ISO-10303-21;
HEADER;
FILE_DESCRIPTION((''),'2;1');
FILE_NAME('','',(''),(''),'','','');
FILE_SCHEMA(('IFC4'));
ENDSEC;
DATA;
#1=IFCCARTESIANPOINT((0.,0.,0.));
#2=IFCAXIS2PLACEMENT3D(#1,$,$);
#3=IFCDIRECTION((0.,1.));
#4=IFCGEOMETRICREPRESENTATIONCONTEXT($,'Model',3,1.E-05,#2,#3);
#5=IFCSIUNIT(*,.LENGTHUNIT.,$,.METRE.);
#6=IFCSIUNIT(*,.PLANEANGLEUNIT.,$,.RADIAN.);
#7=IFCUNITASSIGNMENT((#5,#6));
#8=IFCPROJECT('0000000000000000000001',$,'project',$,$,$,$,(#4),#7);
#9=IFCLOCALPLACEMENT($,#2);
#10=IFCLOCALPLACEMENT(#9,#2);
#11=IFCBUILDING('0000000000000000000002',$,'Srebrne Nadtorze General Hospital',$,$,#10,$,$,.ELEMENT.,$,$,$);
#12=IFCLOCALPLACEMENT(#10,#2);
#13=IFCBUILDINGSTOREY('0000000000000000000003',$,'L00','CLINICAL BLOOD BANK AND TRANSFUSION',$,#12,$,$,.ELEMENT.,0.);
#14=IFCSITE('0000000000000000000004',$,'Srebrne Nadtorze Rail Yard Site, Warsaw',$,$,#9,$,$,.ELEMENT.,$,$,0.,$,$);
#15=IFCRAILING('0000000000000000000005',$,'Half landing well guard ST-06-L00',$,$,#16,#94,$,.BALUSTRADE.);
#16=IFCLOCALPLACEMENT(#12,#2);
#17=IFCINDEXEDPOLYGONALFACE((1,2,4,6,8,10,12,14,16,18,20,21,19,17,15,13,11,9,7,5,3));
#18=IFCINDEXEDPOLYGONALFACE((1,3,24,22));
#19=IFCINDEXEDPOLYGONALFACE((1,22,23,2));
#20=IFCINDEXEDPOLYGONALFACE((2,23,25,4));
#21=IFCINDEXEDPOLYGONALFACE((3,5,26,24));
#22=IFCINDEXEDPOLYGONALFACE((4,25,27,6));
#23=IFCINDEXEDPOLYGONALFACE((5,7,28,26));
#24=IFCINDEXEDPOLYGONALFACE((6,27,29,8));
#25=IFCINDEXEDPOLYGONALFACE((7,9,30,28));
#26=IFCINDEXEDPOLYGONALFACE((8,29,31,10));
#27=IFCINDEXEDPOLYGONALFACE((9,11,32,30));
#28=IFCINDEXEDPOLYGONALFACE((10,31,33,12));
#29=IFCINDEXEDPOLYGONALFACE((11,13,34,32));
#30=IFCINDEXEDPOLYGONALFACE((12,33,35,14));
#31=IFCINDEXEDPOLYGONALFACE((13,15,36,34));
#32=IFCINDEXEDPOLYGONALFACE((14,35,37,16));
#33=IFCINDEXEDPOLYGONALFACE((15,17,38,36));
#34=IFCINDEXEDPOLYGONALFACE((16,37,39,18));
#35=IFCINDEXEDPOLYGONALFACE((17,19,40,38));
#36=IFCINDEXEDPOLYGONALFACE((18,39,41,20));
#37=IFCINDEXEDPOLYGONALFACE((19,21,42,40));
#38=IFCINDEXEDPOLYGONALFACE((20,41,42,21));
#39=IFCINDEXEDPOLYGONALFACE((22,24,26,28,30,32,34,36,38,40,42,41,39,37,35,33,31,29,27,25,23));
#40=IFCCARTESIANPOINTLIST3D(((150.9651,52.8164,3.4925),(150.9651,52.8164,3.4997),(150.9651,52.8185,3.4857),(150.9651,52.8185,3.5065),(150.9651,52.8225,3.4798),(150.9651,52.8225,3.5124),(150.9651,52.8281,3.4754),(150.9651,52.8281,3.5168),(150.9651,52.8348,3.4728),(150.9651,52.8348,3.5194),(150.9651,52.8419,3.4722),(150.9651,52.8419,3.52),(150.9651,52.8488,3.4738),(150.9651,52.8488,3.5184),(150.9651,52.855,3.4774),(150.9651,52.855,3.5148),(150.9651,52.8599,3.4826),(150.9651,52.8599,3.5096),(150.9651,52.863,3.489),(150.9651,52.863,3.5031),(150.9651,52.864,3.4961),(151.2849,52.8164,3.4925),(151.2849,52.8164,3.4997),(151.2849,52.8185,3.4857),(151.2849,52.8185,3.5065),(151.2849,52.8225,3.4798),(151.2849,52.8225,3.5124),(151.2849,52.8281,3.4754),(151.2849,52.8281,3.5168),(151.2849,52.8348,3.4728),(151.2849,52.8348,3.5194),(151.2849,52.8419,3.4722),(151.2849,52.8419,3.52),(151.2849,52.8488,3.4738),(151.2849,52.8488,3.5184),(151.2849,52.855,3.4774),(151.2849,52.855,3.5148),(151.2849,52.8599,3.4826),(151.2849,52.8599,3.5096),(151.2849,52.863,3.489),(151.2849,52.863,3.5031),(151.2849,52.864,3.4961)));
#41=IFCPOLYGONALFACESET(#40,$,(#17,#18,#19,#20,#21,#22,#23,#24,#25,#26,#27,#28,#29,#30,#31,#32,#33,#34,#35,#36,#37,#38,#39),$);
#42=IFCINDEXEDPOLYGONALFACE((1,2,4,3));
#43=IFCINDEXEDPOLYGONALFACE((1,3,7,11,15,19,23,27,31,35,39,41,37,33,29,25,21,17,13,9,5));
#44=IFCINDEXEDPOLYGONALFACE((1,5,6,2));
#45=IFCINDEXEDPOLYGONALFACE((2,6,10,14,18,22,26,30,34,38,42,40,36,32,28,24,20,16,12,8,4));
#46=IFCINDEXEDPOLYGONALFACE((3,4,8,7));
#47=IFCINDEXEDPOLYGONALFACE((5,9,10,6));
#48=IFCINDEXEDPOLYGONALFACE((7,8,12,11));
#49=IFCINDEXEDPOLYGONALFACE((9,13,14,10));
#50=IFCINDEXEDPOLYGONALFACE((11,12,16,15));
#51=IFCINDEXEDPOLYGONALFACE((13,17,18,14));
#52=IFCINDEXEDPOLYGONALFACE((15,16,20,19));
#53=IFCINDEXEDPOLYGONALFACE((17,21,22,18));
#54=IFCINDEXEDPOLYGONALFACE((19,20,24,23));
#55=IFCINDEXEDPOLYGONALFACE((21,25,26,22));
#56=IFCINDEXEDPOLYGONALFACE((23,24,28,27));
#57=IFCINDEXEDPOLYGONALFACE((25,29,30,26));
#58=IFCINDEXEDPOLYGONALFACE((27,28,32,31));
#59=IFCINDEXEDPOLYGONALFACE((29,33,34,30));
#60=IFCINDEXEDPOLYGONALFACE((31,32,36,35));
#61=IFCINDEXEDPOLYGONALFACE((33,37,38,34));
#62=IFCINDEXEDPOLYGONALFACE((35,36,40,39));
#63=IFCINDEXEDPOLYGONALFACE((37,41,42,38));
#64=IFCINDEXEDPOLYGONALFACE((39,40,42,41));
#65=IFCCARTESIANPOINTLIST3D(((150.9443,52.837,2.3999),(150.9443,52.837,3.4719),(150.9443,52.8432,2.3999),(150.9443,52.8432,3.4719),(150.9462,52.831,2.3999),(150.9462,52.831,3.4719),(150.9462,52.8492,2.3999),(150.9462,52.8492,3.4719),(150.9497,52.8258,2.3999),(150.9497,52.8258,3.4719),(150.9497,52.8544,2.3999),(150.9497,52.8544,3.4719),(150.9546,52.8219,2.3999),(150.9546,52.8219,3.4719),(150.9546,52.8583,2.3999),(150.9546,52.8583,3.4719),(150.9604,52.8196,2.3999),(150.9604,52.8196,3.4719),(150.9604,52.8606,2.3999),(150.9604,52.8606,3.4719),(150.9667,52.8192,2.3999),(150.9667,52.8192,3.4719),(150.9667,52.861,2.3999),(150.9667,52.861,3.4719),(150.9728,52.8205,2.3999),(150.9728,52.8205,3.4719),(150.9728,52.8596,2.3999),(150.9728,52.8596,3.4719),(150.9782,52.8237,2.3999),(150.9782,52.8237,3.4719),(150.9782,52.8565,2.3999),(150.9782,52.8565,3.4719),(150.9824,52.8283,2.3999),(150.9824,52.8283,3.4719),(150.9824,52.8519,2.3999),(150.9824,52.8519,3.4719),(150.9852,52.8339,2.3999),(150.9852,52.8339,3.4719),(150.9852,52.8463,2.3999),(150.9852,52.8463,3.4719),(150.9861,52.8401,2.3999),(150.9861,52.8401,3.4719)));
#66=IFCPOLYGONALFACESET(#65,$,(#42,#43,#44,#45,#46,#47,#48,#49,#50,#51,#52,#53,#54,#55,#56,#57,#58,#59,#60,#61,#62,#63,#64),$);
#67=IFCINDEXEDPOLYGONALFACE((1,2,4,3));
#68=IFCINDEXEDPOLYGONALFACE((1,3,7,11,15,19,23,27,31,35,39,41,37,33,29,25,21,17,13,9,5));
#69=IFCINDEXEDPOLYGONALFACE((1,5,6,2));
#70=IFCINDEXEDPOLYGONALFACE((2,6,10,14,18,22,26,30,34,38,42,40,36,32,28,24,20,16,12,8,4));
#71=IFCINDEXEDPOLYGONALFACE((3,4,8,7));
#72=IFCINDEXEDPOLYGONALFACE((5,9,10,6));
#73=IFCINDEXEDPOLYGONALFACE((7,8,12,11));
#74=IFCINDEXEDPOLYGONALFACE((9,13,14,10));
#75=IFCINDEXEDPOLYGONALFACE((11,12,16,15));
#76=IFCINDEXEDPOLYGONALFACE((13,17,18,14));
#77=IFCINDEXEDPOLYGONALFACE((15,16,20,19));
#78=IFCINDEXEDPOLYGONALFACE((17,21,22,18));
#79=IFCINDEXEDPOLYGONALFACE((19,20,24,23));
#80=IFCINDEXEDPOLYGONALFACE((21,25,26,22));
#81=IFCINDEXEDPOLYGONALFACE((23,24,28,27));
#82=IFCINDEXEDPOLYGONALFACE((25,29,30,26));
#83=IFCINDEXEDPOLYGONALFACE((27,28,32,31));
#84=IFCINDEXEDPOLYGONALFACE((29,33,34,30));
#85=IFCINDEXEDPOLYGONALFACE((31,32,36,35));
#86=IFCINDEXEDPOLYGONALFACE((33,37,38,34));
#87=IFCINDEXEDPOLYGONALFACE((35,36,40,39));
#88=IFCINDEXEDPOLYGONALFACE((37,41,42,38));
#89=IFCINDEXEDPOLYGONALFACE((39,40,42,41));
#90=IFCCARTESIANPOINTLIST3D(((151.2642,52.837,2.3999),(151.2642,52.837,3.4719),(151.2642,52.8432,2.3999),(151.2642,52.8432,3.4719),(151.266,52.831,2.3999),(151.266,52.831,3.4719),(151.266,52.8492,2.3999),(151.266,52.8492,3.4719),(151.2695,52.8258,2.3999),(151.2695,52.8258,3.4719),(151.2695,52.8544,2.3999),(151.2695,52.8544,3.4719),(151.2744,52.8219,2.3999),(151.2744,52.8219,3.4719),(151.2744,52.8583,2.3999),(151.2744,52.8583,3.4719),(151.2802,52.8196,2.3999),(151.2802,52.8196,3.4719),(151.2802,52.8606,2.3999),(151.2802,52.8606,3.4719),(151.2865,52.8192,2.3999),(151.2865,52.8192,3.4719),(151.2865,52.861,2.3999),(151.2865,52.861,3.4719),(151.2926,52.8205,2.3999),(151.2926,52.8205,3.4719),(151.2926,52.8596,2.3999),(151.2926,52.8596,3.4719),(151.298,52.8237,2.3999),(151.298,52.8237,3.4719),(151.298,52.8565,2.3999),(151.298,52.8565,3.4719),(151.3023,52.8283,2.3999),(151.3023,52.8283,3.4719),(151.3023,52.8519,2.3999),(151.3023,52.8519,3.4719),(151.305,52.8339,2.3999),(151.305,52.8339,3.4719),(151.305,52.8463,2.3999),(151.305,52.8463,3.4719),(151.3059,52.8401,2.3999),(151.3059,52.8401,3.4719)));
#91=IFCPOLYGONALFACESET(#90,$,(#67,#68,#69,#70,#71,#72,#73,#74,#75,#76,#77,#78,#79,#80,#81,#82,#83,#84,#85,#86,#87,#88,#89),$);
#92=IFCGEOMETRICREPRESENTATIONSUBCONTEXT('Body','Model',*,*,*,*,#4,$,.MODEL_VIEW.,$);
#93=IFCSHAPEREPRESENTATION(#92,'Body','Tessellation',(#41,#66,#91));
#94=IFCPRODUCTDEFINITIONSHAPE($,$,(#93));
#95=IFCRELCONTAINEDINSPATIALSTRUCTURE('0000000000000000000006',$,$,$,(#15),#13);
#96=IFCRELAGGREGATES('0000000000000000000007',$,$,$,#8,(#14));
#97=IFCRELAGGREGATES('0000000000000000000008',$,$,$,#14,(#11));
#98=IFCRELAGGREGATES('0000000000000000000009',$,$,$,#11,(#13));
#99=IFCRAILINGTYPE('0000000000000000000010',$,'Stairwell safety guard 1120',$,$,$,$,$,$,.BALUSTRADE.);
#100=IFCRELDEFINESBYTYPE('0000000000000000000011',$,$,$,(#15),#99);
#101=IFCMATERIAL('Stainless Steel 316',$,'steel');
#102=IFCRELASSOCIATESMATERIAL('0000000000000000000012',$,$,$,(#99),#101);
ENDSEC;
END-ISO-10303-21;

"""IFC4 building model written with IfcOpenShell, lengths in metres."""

from ifc_helpers import new_model, si_unit, direction, frame, origin, origin_2d, place, context, subcontext, project, spatial, circle, extrude, material, type_object, element, save


model = new_model("IFC4")

# Units and contexts
model_context = context("Model", 3, precision=1e-05, world=origin(), true_north=direction((0.0, 1.0)))
body_context = subcontext(model_context, "Body", "Model", "MODEL_VIEW")
ifc_project = project(units=[si_unit("LENGTHUNIT", "METRE"), si_unit("PLANEANGLEUNIT", "RADIAN")], contexts=[model_context])

# Site, building, storey
site_placement = place(None, origin())
site = spatial("IfcSite", under=ifc_project, at=site_placement, Name="Srebrne Nadtorze Rail Yard Site, Warsaw", CompositionType="ELEMENT", RefElevation=0.0)
building_placement = place(site_placement, origin())
building = spatial("IfcBuilding", under=site, at=building_placement, Name="Srebrne Nadtorze General Hospital", CompositionType="ELEMENT")
storey_placement = place(building_placement, origin())
storey = spatial("IfcBuildingStorey", under=building, at=storey_placement, Name="L00", Description="CLINICAL BLOOD BANK AND TRANSFUSION", CompositionType="ELEMENT", Elevation=0.0)

# Railing
ifc_material_1 = material(Name="Stainless Steel 316", Category="steel")
railing_type_1 = type_object("IfcRailingType", Name="Stairwell safety guard 1120", PredefinedType="BALUSTRADE", material=ifc_material_1)
railing_1_placement = place(storey_placement, frame((150.9651, 52.8401, 2.3999)))
element("IfcRailing", 1, at=railing_1_placement, inside=storey, type_object=railing_type_1, Name="Half landing well guard ST-06-L00", PredefinedType="BALUSTRADE", context=body_context, shape_type="SweptSolid", body=[
    extrude(circle(Radius=0.0239, at=origin_2d()), frame((0.0, 0.0, 1.0962), z_axis=(1.0, 0.0, 0.0), x_axis=(0.0, 1.0, 0.0)), (0.0, 0.0, 1.0), 0.3198),
    extrude(circle(Radius=0.021, at=origin_2d()), origin(), (0.0, 0.0, 1.0), 1.072),
    extrude(circle(Radius=0.021, at=origin_2d()), frame((0.3198, 0.0, 0.0)), (0.0, 0.0, 1.0), 1.072),
])

save(model, "model.ifc")
